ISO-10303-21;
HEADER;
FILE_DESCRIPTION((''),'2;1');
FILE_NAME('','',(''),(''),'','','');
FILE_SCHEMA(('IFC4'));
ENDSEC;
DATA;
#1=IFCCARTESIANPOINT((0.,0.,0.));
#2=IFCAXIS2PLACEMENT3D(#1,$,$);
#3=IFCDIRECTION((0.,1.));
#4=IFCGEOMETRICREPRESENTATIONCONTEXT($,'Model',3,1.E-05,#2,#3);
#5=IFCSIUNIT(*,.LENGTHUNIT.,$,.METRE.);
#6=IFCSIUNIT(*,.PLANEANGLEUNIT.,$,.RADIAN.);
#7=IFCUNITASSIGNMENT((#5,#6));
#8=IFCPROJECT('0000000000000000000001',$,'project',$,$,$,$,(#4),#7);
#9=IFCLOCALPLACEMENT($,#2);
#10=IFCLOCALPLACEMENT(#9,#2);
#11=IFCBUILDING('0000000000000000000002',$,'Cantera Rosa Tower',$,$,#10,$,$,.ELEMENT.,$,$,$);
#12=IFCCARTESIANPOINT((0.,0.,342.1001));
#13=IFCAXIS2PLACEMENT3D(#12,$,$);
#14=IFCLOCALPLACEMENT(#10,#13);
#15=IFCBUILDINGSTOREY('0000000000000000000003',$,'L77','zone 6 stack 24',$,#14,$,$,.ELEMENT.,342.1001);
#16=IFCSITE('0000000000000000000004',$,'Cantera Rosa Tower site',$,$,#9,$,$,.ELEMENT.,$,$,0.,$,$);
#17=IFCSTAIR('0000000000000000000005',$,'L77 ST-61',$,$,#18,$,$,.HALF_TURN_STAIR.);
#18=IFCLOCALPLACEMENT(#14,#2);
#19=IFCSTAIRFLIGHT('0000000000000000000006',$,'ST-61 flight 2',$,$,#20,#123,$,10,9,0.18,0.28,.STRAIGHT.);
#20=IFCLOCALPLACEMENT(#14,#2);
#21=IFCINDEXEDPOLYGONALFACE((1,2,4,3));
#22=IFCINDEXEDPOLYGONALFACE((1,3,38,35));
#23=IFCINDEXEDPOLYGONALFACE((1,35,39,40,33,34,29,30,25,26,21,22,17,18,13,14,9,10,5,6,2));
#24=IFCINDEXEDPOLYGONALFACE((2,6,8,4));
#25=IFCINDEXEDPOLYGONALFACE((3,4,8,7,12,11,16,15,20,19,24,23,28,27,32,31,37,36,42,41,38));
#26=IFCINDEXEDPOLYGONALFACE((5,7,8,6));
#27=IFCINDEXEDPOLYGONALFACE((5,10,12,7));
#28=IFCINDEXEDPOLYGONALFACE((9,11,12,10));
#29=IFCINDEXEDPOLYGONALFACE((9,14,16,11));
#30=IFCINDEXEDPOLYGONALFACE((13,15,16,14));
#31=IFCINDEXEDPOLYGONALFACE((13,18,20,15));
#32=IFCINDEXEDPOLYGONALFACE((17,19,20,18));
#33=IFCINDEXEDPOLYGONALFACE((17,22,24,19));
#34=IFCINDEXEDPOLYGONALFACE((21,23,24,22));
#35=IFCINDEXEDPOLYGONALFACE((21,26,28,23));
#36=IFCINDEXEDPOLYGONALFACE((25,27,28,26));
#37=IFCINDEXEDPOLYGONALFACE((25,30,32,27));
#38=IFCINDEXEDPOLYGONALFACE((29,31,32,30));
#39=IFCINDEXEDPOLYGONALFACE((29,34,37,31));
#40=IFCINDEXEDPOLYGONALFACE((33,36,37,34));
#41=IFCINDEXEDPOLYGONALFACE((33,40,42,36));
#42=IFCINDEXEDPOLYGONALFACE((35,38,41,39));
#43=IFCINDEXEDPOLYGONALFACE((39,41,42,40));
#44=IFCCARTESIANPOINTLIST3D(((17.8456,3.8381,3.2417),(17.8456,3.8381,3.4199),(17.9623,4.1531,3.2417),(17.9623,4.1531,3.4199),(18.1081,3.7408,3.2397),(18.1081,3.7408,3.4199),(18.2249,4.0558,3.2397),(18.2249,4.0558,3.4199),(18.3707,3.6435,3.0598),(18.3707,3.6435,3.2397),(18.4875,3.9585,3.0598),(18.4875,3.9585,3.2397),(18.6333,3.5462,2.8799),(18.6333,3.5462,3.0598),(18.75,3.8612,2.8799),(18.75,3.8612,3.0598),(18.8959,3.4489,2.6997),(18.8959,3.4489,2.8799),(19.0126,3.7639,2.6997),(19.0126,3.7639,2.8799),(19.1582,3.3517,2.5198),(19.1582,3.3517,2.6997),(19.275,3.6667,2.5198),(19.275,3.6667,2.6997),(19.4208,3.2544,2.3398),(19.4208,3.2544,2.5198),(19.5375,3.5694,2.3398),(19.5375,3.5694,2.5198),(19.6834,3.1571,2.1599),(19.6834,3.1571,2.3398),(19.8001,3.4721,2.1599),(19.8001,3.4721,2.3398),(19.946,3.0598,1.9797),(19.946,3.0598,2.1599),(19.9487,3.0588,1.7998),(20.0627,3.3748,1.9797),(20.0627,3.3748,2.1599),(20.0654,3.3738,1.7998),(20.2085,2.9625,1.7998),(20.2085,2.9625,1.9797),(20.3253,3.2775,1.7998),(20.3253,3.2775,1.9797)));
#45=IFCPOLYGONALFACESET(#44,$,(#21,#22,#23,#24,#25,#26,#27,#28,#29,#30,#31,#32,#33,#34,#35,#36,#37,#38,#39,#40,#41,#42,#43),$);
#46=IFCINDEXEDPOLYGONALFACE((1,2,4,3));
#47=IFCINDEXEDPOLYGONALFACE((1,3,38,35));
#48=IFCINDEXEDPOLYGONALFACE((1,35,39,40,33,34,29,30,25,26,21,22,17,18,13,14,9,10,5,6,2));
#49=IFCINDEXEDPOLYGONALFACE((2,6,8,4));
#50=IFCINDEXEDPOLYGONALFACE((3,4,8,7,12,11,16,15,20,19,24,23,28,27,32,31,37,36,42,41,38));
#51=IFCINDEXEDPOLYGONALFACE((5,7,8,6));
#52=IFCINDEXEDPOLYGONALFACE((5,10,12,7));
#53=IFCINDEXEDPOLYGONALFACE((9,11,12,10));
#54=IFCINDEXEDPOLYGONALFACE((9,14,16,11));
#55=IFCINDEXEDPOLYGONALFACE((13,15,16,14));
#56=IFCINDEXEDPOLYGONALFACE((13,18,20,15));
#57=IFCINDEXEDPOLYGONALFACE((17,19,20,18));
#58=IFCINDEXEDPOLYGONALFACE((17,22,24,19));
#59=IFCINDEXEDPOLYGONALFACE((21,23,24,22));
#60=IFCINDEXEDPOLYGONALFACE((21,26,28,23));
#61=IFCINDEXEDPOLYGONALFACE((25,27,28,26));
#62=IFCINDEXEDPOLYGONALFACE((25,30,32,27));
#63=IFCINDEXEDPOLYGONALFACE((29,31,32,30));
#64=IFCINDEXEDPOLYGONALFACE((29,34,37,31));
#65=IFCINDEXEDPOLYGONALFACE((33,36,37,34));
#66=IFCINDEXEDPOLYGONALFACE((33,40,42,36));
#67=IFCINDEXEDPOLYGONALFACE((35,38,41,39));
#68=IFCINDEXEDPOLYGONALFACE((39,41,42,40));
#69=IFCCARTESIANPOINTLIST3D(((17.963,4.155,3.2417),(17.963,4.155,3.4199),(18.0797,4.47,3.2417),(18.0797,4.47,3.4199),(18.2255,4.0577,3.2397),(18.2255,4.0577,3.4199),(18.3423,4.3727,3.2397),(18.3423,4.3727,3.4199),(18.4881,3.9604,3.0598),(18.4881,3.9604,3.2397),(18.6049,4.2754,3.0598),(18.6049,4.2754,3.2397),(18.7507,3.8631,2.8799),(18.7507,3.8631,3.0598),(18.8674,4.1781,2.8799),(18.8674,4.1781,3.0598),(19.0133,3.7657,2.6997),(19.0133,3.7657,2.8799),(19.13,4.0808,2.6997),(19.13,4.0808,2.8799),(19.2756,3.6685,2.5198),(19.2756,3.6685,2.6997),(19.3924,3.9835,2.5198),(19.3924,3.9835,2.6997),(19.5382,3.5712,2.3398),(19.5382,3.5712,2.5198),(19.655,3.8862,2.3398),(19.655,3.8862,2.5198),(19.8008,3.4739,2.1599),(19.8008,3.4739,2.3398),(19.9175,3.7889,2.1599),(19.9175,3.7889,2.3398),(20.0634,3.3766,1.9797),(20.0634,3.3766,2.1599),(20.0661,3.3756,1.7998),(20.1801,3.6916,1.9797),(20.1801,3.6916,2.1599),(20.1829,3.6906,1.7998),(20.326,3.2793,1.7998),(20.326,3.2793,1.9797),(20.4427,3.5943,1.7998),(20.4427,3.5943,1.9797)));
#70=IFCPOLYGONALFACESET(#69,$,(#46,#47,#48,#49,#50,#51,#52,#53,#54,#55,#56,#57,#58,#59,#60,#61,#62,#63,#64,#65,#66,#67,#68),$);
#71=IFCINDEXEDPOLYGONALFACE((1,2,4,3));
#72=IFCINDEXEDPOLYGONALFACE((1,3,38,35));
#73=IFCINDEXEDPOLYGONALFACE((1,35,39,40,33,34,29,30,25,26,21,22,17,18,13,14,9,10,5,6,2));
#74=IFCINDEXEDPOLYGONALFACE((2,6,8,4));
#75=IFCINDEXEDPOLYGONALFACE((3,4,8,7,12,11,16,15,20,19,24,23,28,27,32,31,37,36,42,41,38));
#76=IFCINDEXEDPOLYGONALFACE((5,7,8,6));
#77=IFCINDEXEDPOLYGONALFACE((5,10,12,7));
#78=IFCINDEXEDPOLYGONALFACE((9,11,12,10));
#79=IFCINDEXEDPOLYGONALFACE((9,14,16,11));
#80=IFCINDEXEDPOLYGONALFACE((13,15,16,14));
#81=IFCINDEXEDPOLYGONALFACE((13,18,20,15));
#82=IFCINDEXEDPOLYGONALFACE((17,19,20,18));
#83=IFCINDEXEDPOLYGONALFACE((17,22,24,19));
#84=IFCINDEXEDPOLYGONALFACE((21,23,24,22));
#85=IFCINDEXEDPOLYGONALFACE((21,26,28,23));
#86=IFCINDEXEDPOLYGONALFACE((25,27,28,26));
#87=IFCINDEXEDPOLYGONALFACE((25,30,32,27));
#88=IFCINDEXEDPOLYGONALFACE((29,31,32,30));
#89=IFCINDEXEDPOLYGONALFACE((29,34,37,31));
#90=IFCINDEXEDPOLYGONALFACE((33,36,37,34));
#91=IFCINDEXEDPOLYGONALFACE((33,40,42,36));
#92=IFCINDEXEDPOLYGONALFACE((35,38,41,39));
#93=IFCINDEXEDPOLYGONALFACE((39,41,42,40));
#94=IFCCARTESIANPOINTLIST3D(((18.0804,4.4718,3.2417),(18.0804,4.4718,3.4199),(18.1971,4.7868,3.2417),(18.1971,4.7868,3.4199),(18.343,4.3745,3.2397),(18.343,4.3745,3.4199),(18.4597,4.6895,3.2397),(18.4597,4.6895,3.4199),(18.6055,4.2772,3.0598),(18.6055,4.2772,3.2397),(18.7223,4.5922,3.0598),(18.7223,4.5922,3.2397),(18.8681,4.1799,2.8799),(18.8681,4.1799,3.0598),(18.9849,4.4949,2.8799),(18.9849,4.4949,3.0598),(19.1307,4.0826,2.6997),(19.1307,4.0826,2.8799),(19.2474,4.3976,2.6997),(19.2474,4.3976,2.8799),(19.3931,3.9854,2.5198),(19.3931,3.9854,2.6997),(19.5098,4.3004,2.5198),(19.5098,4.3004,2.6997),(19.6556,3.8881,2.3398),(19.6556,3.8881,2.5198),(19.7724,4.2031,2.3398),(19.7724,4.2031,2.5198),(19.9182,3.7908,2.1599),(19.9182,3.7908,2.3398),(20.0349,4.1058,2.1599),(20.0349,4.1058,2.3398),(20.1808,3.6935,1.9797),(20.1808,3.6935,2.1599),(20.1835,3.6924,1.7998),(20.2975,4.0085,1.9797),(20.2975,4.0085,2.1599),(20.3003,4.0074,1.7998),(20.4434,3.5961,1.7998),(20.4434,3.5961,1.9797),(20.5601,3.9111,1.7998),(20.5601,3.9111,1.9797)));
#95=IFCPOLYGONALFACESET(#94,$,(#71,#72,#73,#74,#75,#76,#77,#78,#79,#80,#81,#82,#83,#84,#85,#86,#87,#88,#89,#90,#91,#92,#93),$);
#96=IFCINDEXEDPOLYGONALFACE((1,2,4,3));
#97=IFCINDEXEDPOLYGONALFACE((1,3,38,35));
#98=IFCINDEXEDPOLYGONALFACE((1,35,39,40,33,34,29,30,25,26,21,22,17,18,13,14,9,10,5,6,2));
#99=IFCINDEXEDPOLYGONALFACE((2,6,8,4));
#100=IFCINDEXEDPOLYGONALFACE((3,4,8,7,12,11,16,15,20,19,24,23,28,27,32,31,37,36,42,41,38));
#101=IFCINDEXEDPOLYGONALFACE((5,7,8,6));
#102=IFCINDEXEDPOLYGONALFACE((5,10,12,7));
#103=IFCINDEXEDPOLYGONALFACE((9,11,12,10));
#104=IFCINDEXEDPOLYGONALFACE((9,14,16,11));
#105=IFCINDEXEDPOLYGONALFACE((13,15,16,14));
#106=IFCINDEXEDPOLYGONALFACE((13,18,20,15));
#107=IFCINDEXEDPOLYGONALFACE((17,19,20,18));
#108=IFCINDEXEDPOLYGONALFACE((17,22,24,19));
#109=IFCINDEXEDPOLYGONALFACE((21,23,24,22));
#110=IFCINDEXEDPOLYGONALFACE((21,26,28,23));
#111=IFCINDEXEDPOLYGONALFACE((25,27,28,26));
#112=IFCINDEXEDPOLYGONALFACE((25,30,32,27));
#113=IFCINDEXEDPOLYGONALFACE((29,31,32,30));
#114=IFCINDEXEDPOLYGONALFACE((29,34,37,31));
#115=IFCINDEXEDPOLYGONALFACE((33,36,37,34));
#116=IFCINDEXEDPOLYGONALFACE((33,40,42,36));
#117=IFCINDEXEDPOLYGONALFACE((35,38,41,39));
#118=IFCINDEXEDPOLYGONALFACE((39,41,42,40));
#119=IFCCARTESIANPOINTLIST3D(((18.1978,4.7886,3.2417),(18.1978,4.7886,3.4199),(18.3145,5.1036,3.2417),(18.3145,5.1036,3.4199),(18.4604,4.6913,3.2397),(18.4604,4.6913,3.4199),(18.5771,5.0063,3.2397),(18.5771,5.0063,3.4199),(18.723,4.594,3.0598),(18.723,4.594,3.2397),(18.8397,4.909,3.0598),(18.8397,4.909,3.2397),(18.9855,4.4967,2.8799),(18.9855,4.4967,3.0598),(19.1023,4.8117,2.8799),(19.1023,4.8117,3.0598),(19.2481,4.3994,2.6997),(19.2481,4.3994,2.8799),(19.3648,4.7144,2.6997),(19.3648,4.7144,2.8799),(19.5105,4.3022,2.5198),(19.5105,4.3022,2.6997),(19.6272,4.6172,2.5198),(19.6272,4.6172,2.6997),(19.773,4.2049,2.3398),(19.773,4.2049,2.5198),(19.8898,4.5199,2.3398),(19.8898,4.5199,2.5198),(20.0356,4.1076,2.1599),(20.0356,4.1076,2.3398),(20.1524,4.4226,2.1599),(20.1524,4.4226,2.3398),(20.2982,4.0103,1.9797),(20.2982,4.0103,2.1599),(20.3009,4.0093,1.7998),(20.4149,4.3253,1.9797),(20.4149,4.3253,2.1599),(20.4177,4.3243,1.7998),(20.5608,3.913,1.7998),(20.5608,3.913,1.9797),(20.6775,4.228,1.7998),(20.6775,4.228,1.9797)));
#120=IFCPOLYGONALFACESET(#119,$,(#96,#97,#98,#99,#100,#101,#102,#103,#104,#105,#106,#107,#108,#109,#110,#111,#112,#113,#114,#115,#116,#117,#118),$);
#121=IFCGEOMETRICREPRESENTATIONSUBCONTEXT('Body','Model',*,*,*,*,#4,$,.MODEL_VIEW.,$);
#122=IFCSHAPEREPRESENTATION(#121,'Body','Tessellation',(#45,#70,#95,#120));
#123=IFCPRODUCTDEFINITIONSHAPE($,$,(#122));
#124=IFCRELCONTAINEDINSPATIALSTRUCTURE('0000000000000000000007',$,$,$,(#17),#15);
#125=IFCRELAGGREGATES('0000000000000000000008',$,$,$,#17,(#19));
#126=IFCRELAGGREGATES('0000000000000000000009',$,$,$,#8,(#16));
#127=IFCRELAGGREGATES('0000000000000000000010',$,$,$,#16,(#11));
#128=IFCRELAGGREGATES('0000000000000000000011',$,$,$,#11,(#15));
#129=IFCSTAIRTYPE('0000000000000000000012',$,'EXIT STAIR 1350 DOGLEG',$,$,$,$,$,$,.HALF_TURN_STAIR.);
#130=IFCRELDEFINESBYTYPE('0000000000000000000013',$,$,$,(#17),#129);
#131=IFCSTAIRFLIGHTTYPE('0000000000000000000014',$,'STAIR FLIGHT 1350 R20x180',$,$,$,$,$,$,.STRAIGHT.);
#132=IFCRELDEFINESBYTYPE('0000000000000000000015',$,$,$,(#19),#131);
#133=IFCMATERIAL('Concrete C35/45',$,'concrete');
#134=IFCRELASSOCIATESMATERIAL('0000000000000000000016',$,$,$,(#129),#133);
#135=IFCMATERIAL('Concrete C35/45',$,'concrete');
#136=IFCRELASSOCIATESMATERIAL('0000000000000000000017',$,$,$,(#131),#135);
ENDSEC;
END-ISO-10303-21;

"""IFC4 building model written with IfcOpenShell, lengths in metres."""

from ifc_helpers import new_model, si_unit, direction, frame, origin, place, context, subcontext, project, spatial, polyline, outline, extrude, material, type_object, element, aggregate, save


model = new_model("IFC4")

# Units and contexts
model_context = context("Model", 3, precision=1e-05, world=origin(), true_north=direction((0.0, 1.0)))
body_context = subcontext(model_context, "Body", "Model", "MODEL_VIEW")
ifc_project = project(units=[si_unit("LENGTHUNIT", "METRE"), si_unit("PLANEANGLEUNIT", "RADIAN")], contexts=[model_context])

# Site, building, storey
site_placement = place(None, origin())
site = spatial("IfcSite", under=ifc_project, at=site_placement, Name="Cantera Rosa Tower site", CompositionType="ELEMENT", RefElevation=0.0)
building_placement = place(site_placement, origin())
building = spatial("IfcBuilding", under=site, at=building_placement, Name="Cantera Rosa Tower", CompositionType="ELEMENT")
storey_placement = place(building_placement, frame((0.0, 0.0, 342.1001)))
storey = spatial("IfcBuildingStorey", under=building, at=storey_placement, Name="L77", Description="zone 6 stack 24", CompositionType="ELEMENT", Elevation=342.1001)

# Stair, stair flight
ifc_material_1 = material(Name="Concrete C35/45", Category="concrete")
stair_type = type_object("IfcStairType", Name="EXIT STAIR 1350 DOGLEG", PredefinedType="HALF_TURN_STAIR", material=ifc_material_1)
stair_placement = place(storey_placement, origin())
stair = element("IfcStair", 1, at=stair_placement, inside=storey, type_object=stair_type, Name="L77 ST-61", PredefinedType="HALF_TURN_STAIR")
ifc_material_2 = material(Name="Concrete C35/45", Category="concrete")
stair_flight_type = type_object("IfcStairFlightType", Name="STAIR FLIGHT 1350 R20x180", PredefinedType="STRAIGHT", material=ifc_material_2)
stair_flight_1_placement = place(storey_placement, frame((20.4431, 3.5955, 1.7998), z_axis=(0.0, 0.0, 1.0), x_axis=(-0.937687, 0.347481, 0.0)))
stair_flight_1 = element("IfcStairFlight", 2, at=stair_flight_1_placement, type_object=stair_flight_type, Name="ST-61 flight 2", NumberOfRisers=10, NumberOfTreads=9, PredefinedType="STRAIGHT", RiserHeight=0.18, TreadLength=0.28, context=body_context, shape_type="SweptSolid", body=[
    extrude(outline(polyline([(0.0, 0.0), (0.0, 0.1799), (0.28, 0.1799), (0.28, 0.3601), (0.5601, 0.3601), (0.5601, 0.54), (0.8401, 0.54), (0.8401, 0.72), (1.1201, 0.72), (1.1201, 0.8999), (1.3999, 0.8999), (1.3999, 1.0801), (1.6799, 1.0801), (1.6799, 1.26), (1.96, 1.26), (1.96, 1.4399), (2.24, 1.4399), (2.24, 1.6201), (2.52, 1.6201), (2.52, 1.8), (2.52, 1.4419), (0.2771, 0.0), (0.0, 0.0)])), frame((0.0, 0.675, 0.0), z_axis=(0.0, -1.0, 0.0), x_axis=(1.0, 0.0, 0.0)), (0.0, 0.0, 1.0), 0.3359),
    extrude(outline(polyline([(0.0, 0.0), (0.0, 0.1799), (0.28, 0.1799), (0.28, 0.3601), (0.5601, 0.3601), (0.5601, 0.54), (0.8401, 0.54), (0.8401, 0.72), (1.1201, 0.72), (1.1201, 0.8999), (1.3999, 0.8999), (1.3999, 1.0801), (1.6799, 1.0801), (1.6799, 1.26), (1.96, 1.26), (1.96, 1.4399), (2.24, 1.4399), (2.24, 1.6201), (2.52, 1.6201), (2.52, 1.8), (2.52, 1.4419), (0.2771, 0.0), (0.0, 0.0)])), frame((0.0, 0.3372, 0.0), z_axis=(0.0, -1.0, 0.0), x_axis=(1.0, 0.0, 0.0)), (0.0, 0.0, 1.0), 0.3359),
    extrude(outline(polyline([(0.0, 0.0), (0.0, 0.1799), (0.28, 0.1799), (0.28, 0.3601), (0.5601, 0.3601), (0.5601, 0.54), (0.8401, 0.54), (0.8401, 0.72), (1.1201, 0.72), (1.1201, 0.8999), (1.3999, 0.8999), (1.3999, 1.0801), (1.6799, 1.0801), (1.6799, 1.26), (1.96, 1.26), (1.96, 1.4399), (2.24, 1.4399), (2.24, 1.6201), (2.52, 1.6201), (2.52, 1.8), (2.52, 1.4419), (0.2771, 0.0), (0.0, 0.0)])), frame((0.0, -0.0007, 0.0), z_axis=(0.0, -1.0, 0.0), x_axis=(1.0, 0.0, 0.0)), (0.0, 0.0, 1.0), 0.3359),
    extrude(outline(polyline([(0.0, 0.0), (0.0, 0.1799), (0.28, 0.1799), (0.28, 0.3601), (0.5601, 0.3601), (0.5601, 0.54), (0.8401, 0.54), (0.8401, 0.72), (1.1201, 0.72), (1.1201, 0.8999), (1.3999, 0.8999), (1.3999, 1.0801), (1.6799, 1.0801), (1.6799, 1.26), (1.96, 1.26), (1.96, 1.4399), (2.24, 1.4399), (2.24, 1.6201), (2.52, 1.6201), (2.52, 1.8), (2.52, 1.4419), (0.2771, 0.0), (0.0, 0.0)])), frame((0.0, -0.3386, 0.0), z_axis=(0.0, -1.0, 0.0), x_axis=(1.0, 0.0, 0.0)), (0.0, 0.0, 1.0), 0.3359),
])
aggregate(stair, [stair_flight_1])

save(model, "model.ifc")
